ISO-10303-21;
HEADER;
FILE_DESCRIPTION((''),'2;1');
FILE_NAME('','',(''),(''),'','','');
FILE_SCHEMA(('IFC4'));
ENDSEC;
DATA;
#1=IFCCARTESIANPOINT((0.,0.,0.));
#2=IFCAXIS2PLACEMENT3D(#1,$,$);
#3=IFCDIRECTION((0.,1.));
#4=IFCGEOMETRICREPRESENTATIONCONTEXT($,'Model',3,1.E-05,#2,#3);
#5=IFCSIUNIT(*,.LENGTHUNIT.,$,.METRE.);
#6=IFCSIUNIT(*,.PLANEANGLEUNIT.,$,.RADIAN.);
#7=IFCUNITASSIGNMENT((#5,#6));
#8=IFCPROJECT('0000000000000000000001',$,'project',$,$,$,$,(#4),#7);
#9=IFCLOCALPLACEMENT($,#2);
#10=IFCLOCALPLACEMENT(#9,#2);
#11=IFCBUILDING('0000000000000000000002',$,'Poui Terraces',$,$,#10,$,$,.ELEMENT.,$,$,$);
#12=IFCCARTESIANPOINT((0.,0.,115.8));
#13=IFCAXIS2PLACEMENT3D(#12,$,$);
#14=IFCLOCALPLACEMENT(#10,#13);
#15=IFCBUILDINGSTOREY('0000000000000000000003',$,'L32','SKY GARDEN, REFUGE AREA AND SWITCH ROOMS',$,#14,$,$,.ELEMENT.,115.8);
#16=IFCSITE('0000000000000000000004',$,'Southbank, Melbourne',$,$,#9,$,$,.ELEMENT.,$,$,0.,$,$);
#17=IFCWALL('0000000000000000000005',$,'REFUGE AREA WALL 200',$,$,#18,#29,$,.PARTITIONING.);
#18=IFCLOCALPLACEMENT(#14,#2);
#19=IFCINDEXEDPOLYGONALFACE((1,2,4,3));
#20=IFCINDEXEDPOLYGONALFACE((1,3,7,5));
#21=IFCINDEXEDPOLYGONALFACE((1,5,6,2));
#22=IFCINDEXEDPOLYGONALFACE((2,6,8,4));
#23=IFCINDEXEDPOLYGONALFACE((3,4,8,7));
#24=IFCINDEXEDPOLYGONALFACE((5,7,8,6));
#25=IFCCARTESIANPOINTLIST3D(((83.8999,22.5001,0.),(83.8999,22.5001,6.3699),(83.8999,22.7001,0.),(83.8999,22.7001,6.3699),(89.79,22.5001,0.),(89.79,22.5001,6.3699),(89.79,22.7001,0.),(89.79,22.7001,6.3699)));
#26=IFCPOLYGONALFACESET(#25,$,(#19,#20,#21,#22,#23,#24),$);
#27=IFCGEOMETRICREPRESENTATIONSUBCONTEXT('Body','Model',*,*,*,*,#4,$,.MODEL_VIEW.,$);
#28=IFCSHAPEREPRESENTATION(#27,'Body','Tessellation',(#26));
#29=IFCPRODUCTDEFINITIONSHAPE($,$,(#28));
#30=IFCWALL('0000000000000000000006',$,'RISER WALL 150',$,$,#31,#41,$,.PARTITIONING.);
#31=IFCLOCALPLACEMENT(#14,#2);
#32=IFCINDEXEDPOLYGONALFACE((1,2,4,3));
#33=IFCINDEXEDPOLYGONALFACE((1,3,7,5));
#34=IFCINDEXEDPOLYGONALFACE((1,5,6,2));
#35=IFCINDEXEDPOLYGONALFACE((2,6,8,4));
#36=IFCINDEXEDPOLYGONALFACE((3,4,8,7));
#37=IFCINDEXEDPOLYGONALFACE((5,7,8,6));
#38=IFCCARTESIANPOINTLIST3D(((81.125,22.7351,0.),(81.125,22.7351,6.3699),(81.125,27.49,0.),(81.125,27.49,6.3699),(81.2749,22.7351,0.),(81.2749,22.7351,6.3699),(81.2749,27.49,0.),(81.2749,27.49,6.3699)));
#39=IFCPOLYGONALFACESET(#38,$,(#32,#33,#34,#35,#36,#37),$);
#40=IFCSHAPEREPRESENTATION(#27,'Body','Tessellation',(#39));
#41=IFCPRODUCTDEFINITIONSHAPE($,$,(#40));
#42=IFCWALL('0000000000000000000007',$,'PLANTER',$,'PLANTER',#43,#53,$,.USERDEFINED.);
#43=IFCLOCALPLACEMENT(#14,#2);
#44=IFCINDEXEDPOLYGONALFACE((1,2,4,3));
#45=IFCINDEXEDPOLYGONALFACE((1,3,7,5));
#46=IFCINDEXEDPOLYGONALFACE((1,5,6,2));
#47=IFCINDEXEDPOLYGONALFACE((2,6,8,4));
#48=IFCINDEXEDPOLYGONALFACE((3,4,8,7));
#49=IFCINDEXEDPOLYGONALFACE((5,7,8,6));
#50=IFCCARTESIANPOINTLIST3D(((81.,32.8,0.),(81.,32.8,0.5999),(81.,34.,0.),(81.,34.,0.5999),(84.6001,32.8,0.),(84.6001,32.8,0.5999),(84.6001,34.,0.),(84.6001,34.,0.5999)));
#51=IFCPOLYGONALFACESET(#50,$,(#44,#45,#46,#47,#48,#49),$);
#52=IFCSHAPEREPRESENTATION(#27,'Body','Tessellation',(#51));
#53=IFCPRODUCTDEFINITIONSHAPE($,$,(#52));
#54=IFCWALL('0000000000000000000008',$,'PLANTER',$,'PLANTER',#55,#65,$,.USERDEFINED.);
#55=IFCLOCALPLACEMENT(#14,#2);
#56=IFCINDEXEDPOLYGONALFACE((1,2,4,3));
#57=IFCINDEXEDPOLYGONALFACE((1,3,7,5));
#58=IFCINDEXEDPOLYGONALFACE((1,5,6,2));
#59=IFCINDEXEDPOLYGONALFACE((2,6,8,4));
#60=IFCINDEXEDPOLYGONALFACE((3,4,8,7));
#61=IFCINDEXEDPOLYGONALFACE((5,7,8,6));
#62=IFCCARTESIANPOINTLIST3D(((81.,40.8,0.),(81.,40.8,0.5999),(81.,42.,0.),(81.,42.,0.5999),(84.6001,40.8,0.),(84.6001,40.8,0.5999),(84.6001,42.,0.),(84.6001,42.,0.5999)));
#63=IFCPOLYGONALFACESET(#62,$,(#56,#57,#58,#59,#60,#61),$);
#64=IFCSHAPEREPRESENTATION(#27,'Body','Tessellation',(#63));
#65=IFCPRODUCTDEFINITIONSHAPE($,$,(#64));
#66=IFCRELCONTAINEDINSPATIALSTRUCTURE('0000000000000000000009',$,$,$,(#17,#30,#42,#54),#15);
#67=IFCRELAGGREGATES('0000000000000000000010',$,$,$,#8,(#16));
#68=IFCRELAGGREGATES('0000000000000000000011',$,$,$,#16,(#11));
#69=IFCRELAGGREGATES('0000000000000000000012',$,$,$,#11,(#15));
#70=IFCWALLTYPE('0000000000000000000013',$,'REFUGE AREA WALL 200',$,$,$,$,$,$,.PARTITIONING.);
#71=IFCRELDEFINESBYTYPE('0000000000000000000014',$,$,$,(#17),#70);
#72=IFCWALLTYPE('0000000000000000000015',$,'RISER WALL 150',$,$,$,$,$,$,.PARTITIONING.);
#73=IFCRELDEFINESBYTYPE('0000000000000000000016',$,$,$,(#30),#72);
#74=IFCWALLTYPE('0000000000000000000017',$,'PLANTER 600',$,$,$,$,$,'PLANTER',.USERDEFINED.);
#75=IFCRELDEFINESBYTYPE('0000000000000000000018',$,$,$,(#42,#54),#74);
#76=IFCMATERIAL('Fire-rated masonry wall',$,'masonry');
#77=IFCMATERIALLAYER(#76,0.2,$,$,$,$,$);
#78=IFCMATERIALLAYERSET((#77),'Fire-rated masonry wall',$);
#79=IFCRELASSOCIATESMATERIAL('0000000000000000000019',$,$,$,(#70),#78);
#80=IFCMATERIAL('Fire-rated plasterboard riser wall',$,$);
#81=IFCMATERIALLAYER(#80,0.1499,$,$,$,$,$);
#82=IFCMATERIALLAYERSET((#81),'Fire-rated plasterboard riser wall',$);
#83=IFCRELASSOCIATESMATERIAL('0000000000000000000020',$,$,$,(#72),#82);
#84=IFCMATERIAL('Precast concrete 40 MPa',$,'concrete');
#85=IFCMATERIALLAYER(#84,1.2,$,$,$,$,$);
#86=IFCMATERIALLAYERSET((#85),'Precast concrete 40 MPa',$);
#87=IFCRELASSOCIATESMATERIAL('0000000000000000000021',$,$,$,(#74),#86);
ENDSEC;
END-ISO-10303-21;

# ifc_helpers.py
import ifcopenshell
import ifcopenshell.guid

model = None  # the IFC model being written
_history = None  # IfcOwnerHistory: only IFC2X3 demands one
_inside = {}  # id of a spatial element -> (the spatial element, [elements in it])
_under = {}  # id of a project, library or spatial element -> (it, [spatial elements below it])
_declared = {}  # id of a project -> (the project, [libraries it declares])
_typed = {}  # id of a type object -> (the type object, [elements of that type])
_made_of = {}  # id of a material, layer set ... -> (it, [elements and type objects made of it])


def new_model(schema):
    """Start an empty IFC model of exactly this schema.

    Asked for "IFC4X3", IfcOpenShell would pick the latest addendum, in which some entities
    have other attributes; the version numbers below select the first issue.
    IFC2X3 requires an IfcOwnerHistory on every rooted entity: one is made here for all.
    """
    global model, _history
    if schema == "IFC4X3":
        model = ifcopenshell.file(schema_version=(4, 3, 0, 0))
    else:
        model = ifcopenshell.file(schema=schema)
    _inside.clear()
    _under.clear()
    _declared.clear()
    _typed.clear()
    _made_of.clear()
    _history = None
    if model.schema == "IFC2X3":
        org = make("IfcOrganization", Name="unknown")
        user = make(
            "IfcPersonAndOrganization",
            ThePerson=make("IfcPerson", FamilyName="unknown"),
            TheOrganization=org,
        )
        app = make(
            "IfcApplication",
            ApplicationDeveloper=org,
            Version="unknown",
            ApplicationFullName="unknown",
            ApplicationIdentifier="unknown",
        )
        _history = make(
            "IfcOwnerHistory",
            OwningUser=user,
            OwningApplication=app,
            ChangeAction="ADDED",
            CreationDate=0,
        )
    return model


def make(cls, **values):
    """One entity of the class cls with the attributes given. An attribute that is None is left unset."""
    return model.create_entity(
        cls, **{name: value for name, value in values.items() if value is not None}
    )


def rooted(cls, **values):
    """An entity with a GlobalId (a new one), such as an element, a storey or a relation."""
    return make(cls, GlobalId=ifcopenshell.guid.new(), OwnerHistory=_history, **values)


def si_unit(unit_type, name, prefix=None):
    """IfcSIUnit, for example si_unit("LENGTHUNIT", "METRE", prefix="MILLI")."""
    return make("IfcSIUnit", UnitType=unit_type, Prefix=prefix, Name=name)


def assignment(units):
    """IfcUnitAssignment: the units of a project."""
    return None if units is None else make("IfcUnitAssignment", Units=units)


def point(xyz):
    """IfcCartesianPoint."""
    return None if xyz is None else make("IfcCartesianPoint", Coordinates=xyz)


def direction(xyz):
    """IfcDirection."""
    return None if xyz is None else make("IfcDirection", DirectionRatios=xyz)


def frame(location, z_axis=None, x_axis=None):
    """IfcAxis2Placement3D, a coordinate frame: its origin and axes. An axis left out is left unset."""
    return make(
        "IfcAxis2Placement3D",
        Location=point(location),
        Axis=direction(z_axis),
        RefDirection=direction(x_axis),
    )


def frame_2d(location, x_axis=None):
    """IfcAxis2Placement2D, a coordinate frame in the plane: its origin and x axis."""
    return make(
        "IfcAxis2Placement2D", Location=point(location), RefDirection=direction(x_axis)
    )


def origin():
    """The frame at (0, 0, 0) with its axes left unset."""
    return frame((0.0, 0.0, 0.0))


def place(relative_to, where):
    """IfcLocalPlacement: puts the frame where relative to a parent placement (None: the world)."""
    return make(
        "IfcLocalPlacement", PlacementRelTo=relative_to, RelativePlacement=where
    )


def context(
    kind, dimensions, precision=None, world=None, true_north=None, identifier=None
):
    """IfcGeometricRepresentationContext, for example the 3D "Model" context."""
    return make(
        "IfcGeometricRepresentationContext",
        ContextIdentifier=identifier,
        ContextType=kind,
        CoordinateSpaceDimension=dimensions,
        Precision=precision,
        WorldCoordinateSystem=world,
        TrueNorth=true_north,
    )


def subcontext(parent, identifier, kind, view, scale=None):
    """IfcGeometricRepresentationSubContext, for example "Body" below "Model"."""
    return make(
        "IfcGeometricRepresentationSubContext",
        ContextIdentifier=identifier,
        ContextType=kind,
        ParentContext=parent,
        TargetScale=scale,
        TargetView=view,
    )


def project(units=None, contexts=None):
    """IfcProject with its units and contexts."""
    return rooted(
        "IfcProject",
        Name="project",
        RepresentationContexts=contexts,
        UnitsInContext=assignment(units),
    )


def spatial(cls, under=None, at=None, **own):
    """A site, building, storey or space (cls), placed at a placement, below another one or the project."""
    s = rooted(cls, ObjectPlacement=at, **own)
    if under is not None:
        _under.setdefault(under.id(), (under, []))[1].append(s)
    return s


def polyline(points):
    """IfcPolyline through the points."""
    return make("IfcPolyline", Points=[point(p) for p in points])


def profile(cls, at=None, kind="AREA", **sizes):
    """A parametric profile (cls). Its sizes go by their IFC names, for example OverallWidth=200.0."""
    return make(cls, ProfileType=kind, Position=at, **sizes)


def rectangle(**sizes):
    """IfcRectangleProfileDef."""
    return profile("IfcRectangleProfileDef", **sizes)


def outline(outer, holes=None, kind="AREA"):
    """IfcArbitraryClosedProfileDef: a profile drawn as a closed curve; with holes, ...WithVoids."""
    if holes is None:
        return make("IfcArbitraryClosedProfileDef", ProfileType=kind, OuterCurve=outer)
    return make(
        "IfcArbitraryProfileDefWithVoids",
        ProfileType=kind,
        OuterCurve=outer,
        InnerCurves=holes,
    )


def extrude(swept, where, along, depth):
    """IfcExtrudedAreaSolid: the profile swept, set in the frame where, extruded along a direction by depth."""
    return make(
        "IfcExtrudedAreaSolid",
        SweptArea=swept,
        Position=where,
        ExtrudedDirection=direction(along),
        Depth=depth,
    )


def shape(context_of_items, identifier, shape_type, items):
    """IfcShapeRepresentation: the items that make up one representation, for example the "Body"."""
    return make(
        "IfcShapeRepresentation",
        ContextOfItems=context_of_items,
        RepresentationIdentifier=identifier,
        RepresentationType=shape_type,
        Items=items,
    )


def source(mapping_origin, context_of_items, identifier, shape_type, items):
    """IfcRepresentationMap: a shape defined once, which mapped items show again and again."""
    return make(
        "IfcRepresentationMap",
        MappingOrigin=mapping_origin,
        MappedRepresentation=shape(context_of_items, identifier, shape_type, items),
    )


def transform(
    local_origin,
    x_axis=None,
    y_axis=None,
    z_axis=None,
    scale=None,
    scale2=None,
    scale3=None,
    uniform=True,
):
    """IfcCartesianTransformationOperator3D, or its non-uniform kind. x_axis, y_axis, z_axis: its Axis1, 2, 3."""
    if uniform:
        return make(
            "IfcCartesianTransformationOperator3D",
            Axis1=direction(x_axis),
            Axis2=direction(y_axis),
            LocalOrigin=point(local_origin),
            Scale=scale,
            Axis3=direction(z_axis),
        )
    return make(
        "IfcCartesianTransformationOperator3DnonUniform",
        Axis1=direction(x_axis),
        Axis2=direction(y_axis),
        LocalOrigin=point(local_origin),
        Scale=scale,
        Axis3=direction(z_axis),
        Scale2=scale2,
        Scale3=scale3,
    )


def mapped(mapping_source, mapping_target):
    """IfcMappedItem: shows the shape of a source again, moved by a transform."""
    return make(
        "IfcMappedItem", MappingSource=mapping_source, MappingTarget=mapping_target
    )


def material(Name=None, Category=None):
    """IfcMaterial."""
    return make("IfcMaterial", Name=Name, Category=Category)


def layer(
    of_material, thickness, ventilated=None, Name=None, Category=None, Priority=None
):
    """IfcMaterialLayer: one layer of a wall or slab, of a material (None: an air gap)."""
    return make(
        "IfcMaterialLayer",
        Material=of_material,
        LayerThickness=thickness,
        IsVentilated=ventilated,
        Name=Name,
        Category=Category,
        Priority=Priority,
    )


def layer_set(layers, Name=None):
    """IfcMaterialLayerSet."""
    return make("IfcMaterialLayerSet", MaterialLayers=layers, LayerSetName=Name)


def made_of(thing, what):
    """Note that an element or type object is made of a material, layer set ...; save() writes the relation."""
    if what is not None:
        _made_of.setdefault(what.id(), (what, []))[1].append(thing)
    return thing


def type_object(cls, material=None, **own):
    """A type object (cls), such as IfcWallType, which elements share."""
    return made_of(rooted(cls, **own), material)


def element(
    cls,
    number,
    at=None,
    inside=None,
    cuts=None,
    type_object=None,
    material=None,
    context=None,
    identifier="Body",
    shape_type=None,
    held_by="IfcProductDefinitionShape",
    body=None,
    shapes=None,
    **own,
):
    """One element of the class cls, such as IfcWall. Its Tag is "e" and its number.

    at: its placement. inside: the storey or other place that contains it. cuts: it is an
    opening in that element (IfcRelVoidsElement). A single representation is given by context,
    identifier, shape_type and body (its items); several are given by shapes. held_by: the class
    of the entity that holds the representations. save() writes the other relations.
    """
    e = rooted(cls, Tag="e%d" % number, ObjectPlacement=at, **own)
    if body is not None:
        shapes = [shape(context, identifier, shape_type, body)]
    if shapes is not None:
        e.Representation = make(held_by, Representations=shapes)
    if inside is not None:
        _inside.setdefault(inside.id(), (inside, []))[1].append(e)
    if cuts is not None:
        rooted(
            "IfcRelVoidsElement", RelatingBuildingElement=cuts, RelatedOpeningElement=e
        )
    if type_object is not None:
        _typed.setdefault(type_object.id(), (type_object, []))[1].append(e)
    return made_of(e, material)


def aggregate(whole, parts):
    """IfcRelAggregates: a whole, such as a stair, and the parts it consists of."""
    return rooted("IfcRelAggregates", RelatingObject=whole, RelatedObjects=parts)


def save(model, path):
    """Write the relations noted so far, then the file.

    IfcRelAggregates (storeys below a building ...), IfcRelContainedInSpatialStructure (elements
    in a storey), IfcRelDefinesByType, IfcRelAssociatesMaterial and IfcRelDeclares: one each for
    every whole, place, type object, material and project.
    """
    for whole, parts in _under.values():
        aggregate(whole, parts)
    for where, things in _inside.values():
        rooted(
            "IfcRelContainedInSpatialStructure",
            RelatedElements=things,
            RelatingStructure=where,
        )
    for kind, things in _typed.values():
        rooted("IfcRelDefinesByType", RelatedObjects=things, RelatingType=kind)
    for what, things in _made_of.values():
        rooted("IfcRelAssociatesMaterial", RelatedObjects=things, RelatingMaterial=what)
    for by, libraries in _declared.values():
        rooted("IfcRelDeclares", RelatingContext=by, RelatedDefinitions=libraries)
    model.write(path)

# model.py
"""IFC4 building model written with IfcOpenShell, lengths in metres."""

from ifc_helpers import new_model, si_unit, direction, frame, frame_2d, origin, place, context, subcontext, project, spatial, polyline, rectangle, outline, extrude, source, transform, mapped, material, layer, layer_set, type_object, element, save


model = new_model("IFC4")

# Units and contexts
model_context = context("Model", 3, precision=1e-05, world=origin(), true_north=direction((0.0, 1.0)))
body_context = subcontext(model_context, "Body", "Model", "MODEL_VIEW")
ifc_project = project(units=[si_unit("LENGTHUNIT", "METRE"), si_unit("PLANEANGLEUNIT", "RADIAN")], contexts=[model_context])

# Site, building, storey
site_placement = place(None, origin())
site = spatial("IfcSite", under=ifc_project, at=site_placement, Name="Southbank, Melbourne", CompositionType="ELEMENT", RefElevation=0.0)
building_placement = place(site_placement, origin())
building = spatial("IfcBuilding", under=site, at=building_placement, Name="Poui Terraces", CompositionType="ELEMENT")
storey_placement = place(building_placement, frame((0.0, 0.0, 115.8)))
storey = spatial("IfcBuildingStorey", under=building, at=storey_placement, Name="L32", Description="SKY GARDEN, REFUGE AREA AND SWITCH ROOMS", CompositionType="ELEMENT", Elevation=115.8)

# Walls
ifc_material_1 = material(Name="Fire-rated masonry wall", Category="masonry")
ifc_layer_1 = layer(ifc_material_1, 0.2)
ifc_layer_set_1 = layer_set([ifc_layer_1], Name="Fire-rated masonry wall")
wall_type_1 = type_object("IfcWallType", Name="REFUGE AREA WALL 200", PredefinedType="PARTITIONING", material=ifc_layer_set_1)
wall_1_placement = place(storey_placement, frame((83.8999, 22.6001, 0.0), z_axis=(0.0, 0.0, 1.0), x_axis=(1.0, 0.0, 0.0)))
element("IfcWall", 1, at=wall_1_placement, inside=storey, type_object=wall_type_1, Name="REFUGE AREA WALL 200", PredefinedType="PARTITIONING", context=body_context, shape_type="SweptSolid", body=[
    extrude(rectangle(XDim=5.8901, YDim=0.2, at=frame_2d((2.9451, 0.0))), origin(), (0.0, 0.0, 1.0), 6.3699),
])
ifc_material_2 = material(Name="Fire-rated plasterboard riser wall")
ifc_layer_2 = layer(ifc_material_2, 0.1499)
ifc_layer_set_2 = layer_set([ifc_layer_2], Name="Fire-rated plasterboard riser wall")
wall_type_2 = type_object("IfcWallType", Name="RISER WALL 150", PredefinedType="PARTITIONING", material=ifc_layer_set_2)
wall_2_placement = place(storey_placement, frame((81.2, 22.7351, 0.0), z_axis=(0.0, 0.0, 1.0), x_axis=(0.0, 1.0, 0.0)))
element("IfcWall", 2, at=wall_2_placement, inside=storey, type_object=wall_type_2, Name="RISER WALL 150", PredefinedType="PARTITIONING", context=body_context, shape_type="SweptSolid", body=[
    extrude(rectangle(XDim=4.7549, YDim=0.1499, at=frame_2d((2.3774, 0.0))), origin(), (0.0, 0.0, 1.0), 6.3699),
])
ifc_material_3 = material(Name="Precast concrete 40 MPa", Category="concrete")
ifc_layer_3 = layer(ifc_material_3, 1.2)
ifc_layer_set_3 = layer_set([ifc_layer_3], Name="Precast concrete 40 MPa")
wall_type_3 = type_object("IfcWallType", Name="PLANTER 600", ElementType="PLANTER", PredefinedType="USERDEFINED", material=ifc_layer_set_3)
shared_shape_1 = source(origin(), body_context, "Body", "SweptSolid", [
    extrude(outline(polyline([(0.0, 0.0), (3.6001, 0.0), (3.6001, 1.2), (0.0, 1.2), (0.0, 0.0)])), origin(), (0.0, 0.0, 1.0), 0.5999),
])
for number, where, name in (
    (3, (81.0, 32.8, 0.0), "PLANTER"),
    (4, (81.0, 40.8, 0.0), "PLANTER"),
):
    element("IfcWall", number, at=place(storey_placement, frame(where)), inside=storey, type_object=wall_type_3, Name=name, ObjectType="PLANTER", PredefinedType="USERDEFINED", context=body_context, shape_type="MappedRepresentation", body=[
        mapped(shared_shape_1, transform((0.0, 0.0, 0.0))),
    ])

save(model, "model.ifc")
